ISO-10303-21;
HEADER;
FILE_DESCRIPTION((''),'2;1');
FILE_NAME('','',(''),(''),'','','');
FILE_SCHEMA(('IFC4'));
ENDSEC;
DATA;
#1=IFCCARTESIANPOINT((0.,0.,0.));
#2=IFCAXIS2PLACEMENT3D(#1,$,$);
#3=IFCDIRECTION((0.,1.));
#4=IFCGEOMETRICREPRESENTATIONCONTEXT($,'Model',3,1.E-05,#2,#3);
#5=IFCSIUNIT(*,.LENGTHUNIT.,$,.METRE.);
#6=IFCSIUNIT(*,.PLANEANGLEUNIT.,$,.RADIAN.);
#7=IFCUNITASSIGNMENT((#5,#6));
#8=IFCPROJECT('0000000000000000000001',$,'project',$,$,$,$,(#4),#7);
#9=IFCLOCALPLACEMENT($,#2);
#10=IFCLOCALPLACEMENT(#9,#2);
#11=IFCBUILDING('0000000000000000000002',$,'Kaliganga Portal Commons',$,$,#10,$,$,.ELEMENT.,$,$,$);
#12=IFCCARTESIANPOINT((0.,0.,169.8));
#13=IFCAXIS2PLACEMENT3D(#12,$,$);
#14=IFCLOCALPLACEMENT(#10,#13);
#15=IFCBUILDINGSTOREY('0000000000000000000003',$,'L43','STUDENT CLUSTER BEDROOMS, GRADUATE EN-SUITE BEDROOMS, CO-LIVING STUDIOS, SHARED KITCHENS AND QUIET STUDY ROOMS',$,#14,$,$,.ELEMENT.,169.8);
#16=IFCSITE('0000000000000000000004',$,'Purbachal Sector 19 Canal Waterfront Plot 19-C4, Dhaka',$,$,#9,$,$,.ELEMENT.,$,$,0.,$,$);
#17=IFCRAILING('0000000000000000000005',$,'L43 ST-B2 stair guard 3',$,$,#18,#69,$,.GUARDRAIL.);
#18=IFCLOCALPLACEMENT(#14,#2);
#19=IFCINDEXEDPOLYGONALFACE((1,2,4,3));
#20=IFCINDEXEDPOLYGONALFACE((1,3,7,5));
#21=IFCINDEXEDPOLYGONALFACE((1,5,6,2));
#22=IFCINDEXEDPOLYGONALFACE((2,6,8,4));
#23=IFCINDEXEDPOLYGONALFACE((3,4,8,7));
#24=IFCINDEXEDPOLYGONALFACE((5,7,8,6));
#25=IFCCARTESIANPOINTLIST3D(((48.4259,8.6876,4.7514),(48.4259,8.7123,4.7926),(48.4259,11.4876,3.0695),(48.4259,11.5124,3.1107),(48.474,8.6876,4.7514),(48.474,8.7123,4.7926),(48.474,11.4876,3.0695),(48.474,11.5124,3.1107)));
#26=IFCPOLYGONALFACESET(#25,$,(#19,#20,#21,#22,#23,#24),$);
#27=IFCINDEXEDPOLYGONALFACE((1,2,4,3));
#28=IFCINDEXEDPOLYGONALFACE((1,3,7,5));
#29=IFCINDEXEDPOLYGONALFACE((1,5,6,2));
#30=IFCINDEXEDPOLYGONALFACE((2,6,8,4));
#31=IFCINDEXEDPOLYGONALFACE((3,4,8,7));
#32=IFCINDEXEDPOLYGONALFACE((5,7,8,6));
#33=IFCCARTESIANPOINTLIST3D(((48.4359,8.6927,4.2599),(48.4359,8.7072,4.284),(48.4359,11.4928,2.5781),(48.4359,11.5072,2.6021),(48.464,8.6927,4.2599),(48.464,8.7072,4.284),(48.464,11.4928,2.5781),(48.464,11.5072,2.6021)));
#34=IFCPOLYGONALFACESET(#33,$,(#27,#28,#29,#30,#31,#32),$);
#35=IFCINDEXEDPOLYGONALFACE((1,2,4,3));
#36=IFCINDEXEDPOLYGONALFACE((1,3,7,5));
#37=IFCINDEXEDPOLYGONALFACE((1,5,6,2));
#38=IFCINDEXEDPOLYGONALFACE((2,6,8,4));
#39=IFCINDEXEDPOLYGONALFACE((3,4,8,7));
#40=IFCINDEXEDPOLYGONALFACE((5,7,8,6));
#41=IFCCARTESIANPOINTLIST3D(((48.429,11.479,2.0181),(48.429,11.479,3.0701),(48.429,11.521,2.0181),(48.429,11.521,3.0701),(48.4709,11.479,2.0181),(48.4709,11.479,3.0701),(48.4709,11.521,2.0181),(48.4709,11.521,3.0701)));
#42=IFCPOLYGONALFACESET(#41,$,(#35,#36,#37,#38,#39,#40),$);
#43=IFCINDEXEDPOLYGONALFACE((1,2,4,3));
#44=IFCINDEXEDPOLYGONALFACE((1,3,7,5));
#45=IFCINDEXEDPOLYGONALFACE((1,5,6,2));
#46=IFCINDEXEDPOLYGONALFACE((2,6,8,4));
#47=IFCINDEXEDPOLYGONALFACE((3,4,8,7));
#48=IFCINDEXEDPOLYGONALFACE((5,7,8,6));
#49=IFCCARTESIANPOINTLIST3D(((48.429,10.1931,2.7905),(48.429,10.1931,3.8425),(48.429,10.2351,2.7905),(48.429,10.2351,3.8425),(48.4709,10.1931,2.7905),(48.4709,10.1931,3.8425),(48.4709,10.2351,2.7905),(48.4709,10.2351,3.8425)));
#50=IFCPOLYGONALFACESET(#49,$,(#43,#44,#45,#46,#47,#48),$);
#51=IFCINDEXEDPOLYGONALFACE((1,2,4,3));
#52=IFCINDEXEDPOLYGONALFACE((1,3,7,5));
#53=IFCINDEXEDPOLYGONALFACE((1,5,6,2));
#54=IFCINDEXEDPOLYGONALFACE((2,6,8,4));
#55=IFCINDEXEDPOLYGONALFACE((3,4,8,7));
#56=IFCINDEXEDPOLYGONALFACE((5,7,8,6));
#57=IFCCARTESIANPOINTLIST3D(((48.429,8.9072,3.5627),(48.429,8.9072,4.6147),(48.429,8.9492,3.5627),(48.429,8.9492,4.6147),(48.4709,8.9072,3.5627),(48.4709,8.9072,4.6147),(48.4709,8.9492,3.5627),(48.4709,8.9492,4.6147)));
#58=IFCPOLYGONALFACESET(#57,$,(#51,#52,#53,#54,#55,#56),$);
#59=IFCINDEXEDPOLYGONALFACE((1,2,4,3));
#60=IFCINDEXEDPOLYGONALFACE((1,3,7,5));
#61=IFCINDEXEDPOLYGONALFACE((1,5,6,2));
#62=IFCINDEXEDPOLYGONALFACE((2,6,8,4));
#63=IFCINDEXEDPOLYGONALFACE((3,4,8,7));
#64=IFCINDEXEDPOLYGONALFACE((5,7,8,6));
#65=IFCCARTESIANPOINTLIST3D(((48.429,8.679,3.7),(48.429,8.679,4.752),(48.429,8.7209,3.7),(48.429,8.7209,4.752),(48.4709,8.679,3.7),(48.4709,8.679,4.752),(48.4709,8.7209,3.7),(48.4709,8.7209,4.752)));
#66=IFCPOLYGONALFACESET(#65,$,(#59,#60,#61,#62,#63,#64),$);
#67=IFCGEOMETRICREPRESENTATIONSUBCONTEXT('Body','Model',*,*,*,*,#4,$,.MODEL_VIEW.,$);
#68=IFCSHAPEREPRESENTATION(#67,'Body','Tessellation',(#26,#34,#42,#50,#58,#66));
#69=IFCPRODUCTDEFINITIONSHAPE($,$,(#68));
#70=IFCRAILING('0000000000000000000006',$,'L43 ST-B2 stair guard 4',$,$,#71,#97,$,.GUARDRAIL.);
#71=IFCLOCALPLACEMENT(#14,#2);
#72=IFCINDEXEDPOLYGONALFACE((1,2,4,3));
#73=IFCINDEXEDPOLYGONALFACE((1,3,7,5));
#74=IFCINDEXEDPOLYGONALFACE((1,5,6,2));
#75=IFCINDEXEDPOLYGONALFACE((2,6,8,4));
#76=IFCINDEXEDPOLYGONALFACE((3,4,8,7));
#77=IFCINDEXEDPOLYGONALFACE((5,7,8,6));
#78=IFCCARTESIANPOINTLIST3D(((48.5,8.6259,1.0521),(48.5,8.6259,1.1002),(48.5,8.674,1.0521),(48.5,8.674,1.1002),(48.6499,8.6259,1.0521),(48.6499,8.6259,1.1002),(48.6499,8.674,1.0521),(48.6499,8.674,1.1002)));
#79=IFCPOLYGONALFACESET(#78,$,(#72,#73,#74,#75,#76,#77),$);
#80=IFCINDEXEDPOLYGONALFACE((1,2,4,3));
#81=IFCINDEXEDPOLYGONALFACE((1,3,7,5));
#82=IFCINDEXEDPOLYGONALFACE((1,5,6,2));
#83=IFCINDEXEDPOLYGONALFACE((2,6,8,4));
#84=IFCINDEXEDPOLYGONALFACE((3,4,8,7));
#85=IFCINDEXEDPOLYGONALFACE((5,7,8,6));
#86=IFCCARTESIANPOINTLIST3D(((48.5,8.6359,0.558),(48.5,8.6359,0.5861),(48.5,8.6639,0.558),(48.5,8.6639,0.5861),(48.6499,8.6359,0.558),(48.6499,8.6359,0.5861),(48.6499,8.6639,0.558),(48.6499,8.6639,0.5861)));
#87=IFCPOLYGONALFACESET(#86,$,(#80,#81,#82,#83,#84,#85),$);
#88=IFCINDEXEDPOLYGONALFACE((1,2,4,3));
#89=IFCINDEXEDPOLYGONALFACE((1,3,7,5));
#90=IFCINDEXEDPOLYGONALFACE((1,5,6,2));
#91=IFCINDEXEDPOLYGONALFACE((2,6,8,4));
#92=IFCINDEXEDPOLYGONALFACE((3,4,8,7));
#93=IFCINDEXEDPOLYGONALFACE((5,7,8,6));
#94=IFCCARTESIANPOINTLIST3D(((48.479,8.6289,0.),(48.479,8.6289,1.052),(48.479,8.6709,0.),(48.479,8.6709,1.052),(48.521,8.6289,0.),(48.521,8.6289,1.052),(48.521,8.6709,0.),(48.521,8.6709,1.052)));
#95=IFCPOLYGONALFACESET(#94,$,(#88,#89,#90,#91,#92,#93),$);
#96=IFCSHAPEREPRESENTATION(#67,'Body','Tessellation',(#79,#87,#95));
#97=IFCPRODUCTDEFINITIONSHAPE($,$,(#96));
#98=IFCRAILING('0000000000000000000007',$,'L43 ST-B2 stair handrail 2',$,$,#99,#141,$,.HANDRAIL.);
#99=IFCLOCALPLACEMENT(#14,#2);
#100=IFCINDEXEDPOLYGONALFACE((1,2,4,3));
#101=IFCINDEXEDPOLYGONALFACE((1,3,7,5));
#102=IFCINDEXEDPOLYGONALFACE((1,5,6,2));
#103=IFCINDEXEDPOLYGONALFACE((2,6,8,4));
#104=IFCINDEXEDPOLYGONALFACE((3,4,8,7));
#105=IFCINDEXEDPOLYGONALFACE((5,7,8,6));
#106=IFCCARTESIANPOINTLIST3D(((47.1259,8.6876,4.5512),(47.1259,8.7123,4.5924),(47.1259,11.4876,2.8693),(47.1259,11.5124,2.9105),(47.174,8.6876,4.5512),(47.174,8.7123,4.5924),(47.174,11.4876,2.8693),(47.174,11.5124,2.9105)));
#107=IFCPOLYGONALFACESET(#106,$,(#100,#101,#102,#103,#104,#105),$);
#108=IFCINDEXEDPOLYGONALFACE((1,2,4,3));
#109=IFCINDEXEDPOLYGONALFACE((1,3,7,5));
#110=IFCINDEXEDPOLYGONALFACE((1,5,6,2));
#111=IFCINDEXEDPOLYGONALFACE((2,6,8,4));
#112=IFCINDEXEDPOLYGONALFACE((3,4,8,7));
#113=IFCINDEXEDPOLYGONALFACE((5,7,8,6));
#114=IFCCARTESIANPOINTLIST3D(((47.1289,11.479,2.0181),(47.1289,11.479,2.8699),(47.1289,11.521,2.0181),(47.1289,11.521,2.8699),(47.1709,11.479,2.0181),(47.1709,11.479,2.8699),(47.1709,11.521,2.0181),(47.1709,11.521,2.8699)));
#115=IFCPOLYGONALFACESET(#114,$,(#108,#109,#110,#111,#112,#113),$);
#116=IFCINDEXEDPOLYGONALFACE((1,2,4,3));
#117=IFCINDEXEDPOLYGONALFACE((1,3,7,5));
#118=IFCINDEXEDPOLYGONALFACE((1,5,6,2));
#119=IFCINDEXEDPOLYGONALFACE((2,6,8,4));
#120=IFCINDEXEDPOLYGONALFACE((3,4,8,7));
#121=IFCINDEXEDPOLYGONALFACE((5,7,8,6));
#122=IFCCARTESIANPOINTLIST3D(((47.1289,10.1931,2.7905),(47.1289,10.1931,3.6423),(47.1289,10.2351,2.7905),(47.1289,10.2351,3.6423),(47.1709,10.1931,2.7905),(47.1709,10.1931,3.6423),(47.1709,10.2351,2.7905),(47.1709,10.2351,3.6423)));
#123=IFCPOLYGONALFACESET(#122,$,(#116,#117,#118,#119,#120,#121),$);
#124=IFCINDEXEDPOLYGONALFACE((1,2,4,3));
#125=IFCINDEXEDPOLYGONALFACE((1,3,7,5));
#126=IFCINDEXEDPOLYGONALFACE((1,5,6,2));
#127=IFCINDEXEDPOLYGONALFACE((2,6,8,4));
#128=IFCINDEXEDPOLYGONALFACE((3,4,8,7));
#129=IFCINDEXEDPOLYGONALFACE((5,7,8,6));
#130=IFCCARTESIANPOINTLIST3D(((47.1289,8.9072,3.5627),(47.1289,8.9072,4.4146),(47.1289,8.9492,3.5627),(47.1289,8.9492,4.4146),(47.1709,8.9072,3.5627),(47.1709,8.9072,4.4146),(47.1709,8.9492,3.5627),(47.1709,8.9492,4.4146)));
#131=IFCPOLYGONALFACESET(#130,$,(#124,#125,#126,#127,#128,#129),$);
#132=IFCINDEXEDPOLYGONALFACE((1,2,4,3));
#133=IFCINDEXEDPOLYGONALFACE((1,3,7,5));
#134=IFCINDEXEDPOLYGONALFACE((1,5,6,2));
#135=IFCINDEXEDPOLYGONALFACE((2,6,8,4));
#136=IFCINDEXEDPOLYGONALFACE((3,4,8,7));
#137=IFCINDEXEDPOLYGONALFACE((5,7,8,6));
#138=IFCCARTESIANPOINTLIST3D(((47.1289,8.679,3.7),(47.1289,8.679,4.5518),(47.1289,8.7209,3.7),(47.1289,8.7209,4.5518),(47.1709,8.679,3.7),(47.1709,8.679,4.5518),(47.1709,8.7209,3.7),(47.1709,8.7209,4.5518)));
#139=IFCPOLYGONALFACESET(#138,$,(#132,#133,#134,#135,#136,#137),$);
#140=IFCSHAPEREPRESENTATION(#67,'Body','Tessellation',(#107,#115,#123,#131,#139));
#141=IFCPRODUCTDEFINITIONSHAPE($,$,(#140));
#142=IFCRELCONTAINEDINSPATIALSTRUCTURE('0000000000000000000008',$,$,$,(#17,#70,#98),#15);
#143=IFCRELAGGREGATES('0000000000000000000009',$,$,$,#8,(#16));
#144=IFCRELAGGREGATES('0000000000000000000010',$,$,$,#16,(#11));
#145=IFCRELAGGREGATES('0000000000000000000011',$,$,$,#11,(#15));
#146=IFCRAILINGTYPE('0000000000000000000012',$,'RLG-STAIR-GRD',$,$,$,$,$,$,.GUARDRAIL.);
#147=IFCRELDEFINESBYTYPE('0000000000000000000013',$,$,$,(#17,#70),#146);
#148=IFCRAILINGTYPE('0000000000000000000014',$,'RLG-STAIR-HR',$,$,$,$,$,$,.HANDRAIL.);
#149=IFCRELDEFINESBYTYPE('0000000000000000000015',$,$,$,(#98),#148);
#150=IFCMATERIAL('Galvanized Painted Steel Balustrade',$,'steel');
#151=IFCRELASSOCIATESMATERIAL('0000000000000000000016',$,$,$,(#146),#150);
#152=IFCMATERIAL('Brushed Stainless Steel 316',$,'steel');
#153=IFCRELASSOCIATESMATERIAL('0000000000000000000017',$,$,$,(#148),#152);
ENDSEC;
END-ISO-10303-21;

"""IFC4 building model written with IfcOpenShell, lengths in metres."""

from ifc_helpers import new_model, si_unit, direction, frame, origin, origin_2d, place, context, subcontext, project, spatial, rectangle, extrude, material, type_object, element, save


model = new_model("IFC4")

# Units and contexts
model_context = context("Model", 3, precision=1e-05, world=origin(), true_north=direction((0.0, 1.0)))
body_context = subcontext(model_context, "Body", "Model", "MODEL_VIEW")
ifc_project = project(units=[si_unit("LENGTHUNIT", "METRE"), si_unit("PLANEANGLEUNIT", "RADIAN")], contexts=[model_context])

# Site, building, storey
site_placement = place(None, origin())
site = spatial("IfcSite", under=ifc_project, at=site_placement, Name="Purbachal Sector 19 Canal Waterfront Plot 19-C4, Dhaka", CompositionType="ELEMENT", RefElevation=0.0)
building_placement = place(site_placement, origin())
building = spatial("IfcBuilding", under=site, at=building_placement, Name="Kaliganga Portal Commons", CompositionType="ELEMENT")
storey_placement = place(building_placement, frame((0.0, 0.0, 169.8)))
storey = spatial("IfcBuildingStorey", under=building, at=storey_placement, Name="L43", Description="STUDENT CLUSTER BEDROOMS, GRADUATE EN-SUITE BEDROOMS, CO-LIVING STUDIOS, SHARED KITCHENS AND QUIET STUDY ROOMS", CompositionType="ELEMENT", Elevation=169.8)

# Railings
ifc_material_1 = material(Name="Galvanized Painted Steel Balustrade", Category="steel")
railing_type_1 = type_object("IfcRailingType", Name="RLG-STAIR-GRD", PredefinedType="GUARDRAIL", material=ifc_material_1)
railing_1_placement = place(storey_placement, frame((48.45, 11.5, 2.0181)))
element("IfcRailing", 1, at=railing_1_placement, inside=storey, type_object=railing_type_1, Name="L43 ST-B2 stair guard 3", PredefinedType="GUARDRAIL", context=body_context, shape_type="SweptSolid", body=[
    extrude(rectangle(XDim=0.0481, YDim=0.0481, at=origin_2d()), frame((0.0, 0.0, 1.072), z_axis=(0.0, -0.857242, 0.514913), x_axis=(1.0, 0.0, 0.0)), (0.0, 0.0, 1.0), 3.2664),
    extrude(rectangle(XDim=0.0281, YDim=0.0281, at=origin_2d()), frame((0.0, 0.0, 0.572), z_axis=(0.0, -0.857242, 0.514913), x_axis=(1.0, 0.0, 0.0)), (0.0, 0.0, 1.0), 3.2664),
    extrude(rectangle(XDim=0.042, YDim=0.042, at=origin_2d()), origin(), (0.0, 0.0, 1.0), 1.052),
    extrude(rectangle(XDim=0.042, YDim=0.042, at=origin_2d()), frame((0.0, -1.2859, 0.7725)), (0.0, 0.0, 1.0), 1.052),
    extrude(rectangle(XDim=0.042, YDim=0.042, at=origin_2d()), frame((0.0, -2.5718, 1.5447)), (0.0, 0.0, 1.0), 1.052),
    extrude(rectangle(XDim=0.042, YDim=0.042, at=origin_2d()), frame((0.0, -2.8, 1.6819)), (0.0, 0.0, 1.0), 1.052),
])
railing_2_placement = place(storey_placement, frame((48.6499, 8.6499, 0.0)))
element("IfcRailing", 2, at=railing_2_placement, inside=storey, type_object=railing_type_1, Name="L43 ST-B2 stair guard 4", PredefinedType="GUARDRAIL", context=body_context, shape_type="SweptSolid", body=[
    extrude(rectangle(XDim=0.0481, YDim=0.0481, at=origin_2d()), frame((0.0, 0.0, 1.0762), z_axis=(-1.0, 0.0, 0.0), x_axis=(0.0, -1.0, 0.0)), (0.0, 0.0, 1.0), 0.1499),
    extrude(rectangle(XDim=0.0281, YDim=0.0281, at=origin_2d()), frame((0.0, 0.0, 0.572), z_axis=(-1.0, 0.0, 0.0), x_axis=(0.0, -1.0, 0.0)), (0.0, 0.0, 1.0), 0.1499),
    extrude(rectangle(XDim=0.042, YDim=0.042, at=origin_2d()), frame((-0.1499, 0.0, 0.0)), (0.0, 0.0, 1.0), 1.052),
])
ifc_material_2 = material(Name="Brushed Stainless Steel 316", Category="steel")
railing_type_2 = type_object("IfcRailingType", Name="RLG-STAIR-HR", PredefinedType="HANDRAIL", material=ifc_material_2)
railing_3_placement = place(storey_placement, frame((47.1499, 11.5, 2.0181)))
element("IfcRailing", 3, at=railing_3_placement, inside=storey, type_object=railing_type_2, Name="L43 ST-B2 stair handrail 2", PredefinedType="HANDRAIL", context=body_context, shape_type="SweptSolid", body=[
    extrude(rectangle(XDim=0.0481, YDim=0.0481, at=origin_2d()), frame((0.0, 0.0, 0.8718), z_axis=(0.0, -0.857242, 0.514913), x_axis=(1.0, 0.0, 0.0)), (0.0, 0.0, 1.0), 3.2664),
    extrude(rectangle(XDim=0.042, YDim=0.042, at=origin_2d()), origin(), (0.0, 0.0, 1.0), 0.8518),
    extrude(rectangle(XDim=0.042, YDim=0.042, at=origin_2d()), frame((0.0, -1.2859, 0.7725)), (0.0, 0.0, 1.0), 0.8518),
    extrude(rectangle(XDim=0.042, YDim=0.042, at=origin_2d()), frame((0.0, -2.5718, 1.5447)), (0.0, 0.0, 1.0), 0.8518),
    extrude(rectangle(XDim=0.042, YDim=0.042, at=origin_2d()), frame((0.0, -2.8, 1.6819)), (0.0, 0.0, 1.0), 0.8518),
])

save(model, "model.ifc")
